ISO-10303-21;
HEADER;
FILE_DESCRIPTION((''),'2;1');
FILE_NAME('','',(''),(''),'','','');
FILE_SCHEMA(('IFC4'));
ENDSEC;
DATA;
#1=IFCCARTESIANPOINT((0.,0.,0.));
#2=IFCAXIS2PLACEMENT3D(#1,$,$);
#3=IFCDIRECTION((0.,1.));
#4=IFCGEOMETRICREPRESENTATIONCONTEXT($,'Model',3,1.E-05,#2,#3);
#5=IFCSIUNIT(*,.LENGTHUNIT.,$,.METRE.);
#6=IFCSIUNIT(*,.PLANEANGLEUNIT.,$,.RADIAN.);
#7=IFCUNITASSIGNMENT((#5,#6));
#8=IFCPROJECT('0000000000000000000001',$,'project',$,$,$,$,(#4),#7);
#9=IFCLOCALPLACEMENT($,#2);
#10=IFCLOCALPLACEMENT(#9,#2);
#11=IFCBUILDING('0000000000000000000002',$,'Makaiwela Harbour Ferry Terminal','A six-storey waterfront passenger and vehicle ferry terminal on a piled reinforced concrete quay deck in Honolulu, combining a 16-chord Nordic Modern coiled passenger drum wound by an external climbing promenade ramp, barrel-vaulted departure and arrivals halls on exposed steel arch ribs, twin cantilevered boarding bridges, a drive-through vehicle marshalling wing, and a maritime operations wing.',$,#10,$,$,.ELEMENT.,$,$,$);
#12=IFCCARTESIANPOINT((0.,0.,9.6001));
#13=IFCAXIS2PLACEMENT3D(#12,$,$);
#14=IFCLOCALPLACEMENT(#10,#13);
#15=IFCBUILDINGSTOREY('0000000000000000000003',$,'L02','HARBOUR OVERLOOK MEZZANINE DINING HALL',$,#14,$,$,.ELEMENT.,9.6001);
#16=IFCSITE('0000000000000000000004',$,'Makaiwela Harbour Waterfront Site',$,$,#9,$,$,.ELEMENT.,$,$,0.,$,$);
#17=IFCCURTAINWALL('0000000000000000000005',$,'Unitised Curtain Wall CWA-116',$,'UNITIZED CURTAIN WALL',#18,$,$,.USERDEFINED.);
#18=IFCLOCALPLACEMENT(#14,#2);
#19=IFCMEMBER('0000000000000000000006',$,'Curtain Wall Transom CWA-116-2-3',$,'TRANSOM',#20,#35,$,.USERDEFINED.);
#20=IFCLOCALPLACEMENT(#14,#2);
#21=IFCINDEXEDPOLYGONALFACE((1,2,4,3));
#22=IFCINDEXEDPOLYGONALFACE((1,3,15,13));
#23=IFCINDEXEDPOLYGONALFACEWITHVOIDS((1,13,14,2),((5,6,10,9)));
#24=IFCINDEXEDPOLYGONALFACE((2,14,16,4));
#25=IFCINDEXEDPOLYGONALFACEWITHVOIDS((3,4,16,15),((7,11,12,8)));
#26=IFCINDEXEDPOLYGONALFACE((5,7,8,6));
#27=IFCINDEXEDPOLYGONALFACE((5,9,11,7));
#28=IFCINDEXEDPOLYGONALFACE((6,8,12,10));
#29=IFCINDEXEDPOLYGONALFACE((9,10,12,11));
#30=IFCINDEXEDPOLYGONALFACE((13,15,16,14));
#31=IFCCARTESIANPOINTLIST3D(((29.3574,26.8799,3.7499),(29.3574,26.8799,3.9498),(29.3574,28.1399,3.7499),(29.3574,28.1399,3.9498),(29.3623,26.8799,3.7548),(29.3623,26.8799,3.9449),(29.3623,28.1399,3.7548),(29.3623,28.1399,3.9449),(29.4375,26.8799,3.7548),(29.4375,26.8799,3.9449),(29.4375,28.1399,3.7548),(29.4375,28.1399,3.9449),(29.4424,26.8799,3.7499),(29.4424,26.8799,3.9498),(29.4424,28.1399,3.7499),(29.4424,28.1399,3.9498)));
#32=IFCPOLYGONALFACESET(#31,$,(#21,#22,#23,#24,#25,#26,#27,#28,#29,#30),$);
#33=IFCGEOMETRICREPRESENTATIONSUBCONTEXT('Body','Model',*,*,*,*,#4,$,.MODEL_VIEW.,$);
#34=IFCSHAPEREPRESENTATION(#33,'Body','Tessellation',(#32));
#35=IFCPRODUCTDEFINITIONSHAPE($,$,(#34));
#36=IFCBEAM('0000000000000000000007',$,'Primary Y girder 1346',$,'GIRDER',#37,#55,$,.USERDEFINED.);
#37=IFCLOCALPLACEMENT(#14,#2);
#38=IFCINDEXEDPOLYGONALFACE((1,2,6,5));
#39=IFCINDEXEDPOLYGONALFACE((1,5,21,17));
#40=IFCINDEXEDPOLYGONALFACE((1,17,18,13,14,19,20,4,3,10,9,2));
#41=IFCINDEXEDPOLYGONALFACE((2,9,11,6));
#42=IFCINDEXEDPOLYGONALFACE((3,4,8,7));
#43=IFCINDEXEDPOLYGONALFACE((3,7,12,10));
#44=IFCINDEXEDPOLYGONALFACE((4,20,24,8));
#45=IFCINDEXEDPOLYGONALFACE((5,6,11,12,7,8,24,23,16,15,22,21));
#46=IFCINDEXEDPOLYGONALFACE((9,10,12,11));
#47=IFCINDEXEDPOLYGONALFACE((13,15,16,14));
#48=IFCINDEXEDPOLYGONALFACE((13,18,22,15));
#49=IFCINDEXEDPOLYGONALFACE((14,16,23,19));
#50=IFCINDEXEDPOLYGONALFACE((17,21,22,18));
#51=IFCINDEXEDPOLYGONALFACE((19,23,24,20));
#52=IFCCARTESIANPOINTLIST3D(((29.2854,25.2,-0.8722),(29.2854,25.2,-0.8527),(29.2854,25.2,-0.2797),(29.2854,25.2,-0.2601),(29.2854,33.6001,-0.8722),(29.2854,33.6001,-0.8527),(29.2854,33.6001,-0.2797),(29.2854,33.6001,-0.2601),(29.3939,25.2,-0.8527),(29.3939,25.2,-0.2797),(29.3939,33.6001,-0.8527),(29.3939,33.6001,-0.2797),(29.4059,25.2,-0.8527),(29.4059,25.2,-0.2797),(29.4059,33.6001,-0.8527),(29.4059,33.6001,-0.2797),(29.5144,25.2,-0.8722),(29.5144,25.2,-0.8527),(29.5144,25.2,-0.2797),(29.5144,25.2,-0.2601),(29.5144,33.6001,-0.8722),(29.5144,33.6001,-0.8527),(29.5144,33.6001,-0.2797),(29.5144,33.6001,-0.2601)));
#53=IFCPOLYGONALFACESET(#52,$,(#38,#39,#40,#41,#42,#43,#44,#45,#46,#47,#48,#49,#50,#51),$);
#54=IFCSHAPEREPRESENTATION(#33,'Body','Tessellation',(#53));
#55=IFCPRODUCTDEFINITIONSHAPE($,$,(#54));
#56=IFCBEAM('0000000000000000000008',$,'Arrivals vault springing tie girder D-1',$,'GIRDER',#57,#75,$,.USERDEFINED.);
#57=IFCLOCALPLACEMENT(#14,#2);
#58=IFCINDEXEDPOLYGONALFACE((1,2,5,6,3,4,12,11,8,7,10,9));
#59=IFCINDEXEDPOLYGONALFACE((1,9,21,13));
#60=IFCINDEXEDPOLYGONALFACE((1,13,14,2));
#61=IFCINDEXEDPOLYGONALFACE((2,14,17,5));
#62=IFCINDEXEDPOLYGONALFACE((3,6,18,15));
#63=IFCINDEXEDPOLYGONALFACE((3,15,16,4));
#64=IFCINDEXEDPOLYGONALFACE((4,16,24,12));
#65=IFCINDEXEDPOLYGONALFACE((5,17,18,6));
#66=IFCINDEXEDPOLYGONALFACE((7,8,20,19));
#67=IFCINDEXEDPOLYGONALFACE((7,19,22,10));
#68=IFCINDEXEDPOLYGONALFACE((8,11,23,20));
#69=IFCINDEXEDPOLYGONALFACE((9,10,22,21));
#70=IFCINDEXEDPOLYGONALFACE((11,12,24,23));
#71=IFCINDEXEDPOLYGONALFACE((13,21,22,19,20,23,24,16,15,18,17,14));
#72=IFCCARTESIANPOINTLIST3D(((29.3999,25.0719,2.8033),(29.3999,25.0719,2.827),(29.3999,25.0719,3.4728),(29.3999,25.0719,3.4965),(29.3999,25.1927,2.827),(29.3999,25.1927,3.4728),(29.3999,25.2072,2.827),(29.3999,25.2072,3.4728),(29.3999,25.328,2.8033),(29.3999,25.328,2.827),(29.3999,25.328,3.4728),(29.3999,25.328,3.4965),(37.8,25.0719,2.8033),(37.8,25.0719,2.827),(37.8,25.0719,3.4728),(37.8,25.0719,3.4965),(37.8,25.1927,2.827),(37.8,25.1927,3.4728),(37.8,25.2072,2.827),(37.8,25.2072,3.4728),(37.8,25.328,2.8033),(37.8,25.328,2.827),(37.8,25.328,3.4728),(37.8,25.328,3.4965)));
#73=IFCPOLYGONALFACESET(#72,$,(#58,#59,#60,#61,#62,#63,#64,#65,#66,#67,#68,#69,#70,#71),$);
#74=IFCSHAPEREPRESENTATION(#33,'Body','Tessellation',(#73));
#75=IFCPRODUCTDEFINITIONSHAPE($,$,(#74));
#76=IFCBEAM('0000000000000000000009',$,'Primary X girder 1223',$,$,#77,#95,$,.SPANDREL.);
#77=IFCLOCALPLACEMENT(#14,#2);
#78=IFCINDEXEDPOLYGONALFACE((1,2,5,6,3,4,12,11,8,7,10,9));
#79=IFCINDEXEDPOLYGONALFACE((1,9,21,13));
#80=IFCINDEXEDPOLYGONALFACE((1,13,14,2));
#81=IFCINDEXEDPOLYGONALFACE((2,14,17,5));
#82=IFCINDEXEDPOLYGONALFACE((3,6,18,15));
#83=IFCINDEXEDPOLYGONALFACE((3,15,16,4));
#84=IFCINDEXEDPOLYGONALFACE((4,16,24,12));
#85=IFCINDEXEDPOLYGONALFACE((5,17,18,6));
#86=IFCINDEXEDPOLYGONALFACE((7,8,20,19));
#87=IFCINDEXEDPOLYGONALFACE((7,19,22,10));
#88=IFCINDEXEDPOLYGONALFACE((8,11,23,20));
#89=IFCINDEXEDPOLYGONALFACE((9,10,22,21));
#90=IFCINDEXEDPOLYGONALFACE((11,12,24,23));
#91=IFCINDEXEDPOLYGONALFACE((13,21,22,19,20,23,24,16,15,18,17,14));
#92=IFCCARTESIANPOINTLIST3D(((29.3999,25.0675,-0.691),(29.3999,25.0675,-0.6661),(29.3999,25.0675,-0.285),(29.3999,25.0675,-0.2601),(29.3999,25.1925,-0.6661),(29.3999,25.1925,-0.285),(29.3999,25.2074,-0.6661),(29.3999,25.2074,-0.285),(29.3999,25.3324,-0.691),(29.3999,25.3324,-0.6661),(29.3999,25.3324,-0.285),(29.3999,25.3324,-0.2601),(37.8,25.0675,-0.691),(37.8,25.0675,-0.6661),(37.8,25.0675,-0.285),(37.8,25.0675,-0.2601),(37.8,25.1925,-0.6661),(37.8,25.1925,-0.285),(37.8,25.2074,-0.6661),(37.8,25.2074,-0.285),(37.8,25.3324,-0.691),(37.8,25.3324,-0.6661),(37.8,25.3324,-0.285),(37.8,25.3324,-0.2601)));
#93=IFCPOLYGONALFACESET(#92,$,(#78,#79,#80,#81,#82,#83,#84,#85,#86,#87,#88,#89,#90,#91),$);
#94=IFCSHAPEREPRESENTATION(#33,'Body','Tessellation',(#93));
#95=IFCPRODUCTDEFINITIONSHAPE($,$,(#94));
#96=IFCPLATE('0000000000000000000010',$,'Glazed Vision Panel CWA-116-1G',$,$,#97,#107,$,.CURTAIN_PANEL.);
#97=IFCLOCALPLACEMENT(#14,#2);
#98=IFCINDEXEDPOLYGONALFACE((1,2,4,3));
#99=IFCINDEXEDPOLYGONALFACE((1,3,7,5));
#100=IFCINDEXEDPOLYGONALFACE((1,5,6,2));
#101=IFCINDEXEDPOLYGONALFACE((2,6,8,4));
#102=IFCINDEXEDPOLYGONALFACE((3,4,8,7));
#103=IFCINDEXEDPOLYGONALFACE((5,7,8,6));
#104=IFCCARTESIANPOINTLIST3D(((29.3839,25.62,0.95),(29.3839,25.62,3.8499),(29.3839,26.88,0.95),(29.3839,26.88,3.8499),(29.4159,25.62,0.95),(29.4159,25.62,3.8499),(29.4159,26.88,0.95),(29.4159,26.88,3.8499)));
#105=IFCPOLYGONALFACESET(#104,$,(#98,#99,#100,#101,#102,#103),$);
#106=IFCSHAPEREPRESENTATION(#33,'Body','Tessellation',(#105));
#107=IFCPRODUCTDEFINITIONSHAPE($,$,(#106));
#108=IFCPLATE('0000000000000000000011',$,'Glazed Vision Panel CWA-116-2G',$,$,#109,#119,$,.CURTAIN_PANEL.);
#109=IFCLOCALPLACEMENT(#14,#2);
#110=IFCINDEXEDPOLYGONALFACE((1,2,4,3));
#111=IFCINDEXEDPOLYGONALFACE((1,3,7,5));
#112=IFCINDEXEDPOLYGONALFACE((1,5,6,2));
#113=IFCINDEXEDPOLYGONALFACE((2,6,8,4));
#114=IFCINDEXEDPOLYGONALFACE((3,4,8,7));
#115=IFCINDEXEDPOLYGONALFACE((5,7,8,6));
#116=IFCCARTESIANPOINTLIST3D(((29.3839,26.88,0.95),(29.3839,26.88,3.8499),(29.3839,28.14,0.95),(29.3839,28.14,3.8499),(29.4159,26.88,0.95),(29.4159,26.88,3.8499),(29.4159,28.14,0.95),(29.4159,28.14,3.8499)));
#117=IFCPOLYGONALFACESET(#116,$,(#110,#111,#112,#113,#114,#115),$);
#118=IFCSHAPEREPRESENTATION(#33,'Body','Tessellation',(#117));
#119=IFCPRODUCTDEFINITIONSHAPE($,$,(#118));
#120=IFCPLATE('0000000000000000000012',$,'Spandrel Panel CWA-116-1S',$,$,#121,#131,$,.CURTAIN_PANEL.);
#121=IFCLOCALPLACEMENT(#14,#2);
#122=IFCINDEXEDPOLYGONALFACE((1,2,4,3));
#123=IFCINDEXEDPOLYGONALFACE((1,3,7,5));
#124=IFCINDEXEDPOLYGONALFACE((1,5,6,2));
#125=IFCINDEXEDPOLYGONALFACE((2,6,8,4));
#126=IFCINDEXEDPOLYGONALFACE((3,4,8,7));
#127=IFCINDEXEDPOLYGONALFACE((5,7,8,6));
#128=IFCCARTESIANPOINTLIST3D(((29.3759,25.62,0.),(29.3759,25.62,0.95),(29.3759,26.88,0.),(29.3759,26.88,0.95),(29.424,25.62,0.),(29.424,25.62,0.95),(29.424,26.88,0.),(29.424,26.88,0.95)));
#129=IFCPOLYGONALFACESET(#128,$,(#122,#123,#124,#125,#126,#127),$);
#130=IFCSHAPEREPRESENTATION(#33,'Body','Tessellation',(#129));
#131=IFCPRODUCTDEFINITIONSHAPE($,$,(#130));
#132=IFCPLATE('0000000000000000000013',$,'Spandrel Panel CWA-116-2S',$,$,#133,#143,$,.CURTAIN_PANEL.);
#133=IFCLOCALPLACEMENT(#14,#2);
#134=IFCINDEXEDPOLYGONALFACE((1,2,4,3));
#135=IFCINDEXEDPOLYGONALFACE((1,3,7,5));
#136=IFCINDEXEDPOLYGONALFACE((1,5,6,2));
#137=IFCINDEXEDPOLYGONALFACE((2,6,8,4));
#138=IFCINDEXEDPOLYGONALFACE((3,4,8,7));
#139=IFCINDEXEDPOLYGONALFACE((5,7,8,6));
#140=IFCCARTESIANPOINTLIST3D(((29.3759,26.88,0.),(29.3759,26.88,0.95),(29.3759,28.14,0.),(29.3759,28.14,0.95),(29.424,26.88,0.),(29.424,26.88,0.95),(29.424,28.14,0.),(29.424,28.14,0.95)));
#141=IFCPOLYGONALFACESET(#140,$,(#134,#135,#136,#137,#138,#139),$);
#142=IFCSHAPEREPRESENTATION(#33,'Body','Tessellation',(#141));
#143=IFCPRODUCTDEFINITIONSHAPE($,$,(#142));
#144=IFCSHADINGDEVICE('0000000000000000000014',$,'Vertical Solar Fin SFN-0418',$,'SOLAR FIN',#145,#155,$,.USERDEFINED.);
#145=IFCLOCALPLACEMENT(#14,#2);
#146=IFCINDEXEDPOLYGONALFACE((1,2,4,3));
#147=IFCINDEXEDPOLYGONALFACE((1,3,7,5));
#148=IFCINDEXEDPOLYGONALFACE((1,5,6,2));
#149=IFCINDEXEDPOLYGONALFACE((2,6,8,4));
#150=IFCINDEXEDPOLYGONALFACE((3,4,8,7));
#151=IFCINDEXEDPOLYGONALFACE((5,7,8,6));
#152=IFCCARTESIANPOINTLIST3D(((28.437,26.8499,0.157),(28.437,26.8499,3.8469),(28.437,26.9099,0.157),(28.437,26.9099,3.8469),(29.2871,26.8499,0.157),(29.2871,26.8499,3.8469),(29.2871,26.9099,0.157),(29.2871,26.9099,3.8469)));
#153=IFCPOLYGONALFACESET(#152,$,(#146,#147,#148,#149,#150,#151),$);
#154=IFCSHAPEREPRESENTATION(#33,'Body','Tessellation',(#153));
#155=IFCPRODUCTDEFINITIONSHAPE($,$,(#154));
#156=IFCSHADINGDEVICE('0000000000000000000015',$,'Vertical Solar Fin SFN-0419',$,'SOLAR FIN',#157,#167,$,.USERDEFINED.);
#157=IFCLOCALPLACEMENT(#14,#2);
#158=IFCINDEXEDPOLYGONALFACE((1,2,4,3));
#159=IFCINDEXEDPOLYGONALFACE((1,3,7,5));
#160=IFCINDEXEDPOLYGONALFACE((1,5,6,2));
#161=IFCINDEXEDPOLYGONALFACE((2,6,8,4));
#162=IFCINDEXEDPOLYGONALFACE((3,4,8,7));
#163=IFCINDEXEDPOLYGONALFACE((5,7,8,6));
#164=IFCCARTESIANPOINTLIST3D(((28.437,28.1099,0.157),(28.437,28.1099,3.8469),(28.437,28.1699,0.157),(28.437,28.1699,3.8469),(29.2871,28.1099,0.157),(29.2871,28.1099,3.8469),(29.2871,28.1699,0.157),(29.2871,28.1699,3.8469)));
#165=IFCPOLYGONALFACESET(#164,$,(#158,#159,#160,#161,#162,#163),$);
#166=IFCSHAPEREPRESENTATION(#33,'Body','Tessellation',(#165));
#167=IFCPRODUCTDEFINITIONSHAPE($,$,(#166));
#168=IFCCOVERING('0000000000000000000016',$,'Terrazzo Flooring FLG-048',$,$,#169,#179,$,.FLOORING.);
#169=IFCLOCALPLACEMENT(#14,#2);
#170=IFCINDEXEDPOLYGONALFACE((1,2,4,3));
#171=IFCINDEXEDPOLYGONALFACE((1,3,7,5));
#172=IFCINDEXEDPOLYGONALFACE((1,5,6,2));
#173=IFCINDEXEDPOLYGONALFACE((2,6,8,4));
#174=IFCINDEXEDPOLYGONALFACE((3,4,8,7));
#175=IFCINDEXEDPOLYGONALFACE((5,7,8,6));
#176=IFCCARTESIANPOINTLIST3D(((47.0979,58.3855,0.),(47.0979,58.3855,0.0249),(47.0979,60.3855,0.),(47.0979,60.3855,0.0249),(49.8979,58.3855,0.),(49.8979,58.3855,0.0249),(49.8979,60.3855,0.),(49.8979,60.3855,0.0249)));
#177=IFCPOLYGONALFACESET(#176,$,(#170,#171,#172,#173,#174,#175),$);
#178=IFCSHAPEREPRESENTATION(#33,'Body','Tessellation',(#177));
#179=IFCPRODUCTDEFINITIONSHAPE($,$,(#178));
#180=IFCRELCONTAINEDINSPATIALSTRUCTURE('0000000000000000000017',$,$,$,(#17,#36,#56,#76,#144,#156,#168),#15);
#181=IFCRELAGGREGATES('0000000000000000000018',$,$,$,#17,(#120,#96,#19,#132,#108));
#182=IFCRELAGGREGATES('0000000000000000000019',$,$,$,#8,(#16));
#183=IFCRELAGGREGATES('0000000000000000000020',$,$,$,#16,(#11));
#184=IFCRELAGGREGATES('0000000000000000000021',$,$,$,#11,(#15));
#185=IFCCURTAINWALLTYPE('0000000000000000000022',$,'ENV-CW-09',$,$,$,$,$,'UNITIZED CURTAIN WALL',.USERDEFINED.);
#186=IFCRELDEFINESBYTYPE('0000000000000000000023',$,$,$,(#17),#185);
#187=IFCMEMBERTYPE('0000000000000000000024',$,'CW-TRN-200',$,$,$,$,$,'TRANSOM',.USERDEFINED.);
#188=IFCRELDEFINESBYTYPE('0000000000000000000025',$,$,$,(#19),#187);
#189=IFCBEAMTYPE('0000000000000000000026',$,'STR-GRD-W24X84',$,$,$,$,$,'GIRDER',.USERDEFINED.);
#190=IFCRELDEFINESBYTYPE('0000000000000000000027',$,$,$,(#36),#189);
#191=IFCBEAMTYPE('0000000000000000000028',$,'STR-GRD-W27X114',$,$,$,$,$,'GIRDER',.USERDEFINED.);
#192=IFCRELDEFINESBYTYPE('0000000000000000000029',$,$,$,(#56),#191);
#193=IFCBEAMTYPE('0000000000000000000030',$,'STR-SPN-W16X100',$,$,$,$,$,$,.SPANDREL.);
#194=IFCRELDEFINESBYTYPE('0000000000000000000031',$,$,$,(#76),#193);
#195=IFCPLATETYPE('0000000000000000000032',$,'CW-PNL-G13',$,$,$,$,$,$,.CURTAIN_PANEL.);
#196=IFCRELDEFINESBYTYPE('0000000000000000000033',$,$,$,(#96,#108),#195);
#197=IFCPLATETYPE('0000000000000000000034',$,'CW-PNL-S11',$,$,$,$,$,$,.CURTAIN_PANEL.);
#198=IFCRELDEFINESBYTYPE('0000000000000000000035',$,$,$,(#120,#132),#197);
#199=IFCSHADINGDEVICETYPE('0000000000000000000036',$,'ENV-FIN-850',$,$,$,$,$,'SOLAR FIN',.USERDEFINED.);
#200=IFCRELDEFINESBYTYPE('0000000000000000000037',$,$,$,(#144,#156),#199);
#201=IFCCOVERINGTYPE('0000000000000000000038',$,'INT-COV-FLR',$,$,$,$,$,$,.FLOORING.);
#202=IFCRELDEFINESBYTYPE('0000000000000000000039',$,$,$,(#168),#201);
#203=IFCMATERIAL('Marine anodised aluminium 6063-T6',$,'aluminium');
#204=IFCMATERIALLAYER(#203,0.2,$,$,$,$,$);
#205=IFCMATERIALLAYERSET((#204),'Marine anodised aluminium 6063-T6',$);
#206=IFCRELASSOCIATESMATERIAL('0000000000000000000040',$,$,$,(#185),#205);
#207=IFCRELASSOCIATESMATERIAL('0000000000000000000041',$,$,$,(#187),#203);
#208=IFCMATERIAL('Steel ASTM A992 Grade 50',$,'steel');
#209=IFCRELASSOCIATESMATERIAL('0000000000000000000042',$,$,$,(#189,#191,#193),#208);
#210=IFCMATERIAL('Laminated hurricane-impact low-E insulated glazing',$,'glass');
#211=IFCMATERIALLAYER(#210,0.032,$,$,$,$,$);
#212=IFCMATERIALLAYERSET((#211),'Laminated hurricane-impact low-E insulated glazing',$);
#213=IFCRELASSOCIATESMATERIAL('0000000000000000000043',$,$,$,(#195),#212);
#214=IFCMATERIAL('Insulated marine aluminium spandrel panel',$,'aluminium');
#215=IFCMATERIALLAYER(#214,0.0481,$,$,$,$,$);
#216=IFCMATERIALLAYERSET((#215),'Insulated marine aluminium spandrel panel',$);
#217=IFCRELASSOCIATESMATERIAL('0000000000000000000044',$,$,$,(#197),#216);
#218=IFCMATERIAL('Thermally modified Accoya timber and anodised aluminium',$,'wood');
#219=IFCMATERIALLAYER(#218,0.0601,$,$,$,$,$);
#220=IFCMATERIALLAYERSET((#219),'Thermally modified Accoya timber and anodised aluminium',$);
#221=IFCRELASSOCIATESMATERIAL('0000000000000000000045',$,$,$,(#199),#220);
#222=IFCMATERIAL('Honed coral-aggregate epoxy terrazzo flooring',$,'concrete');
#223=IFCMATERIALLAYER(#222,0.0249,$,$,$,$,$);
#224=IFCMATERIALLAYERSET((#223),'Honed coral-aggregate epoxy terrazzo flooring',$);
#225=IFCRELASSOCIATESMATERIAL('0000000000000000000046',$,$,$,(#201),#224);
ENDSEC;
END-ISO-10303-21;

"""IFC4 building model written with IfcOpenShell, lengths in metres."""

from ifc_helpers import new_model, si_unit, direction, frame, origin, origin_2d, place, context, subcontext, project, spatial, polyline, rectangle, hollow_rectangle, i_section, outline, extrude, material, layer, layer_set, material_profile, profile_set, type_object, element, aggregate, save


model = new_model("IFC4")

# Units and contexts
model_context = context("Model", 3, precision=1e-05, world=origin(), true_north=direction((0.0, 1.0)))
body_context = subcontext(model_context, "Body", "Model", "MODEL_VIEW")
ifc_project = project(units=[si_unit("LENGTHUNIT", "METRE"), si_unit("PLANEANGLEUNIT", "RADIAN")], contexts=[model_context])

# Site, building, storey
site_placement = place(None, origin())
site = spatial("IfcSite", under=ifc_project, at=site_placement, Name="Makaiwela Harbour Waterfront Site", CompositionType="ELEMENT", RefElevation=0.0)
building_placement = place(site_placement, origin())
building = spatial("IfcBuilding", under=site, at=building_placement, Name="Makaiwela Harbour Ferry Terminal", Description="A six-storey waterfront passenger and vehicle ferry terminal on a piled reinforced concrete quay deck in Honolulu, combining a 16-chord Nordic Modern coiled passenger drum wound by an external climbing promenade ramp, barrel-vaulted departure and arrivals halls on exposed steel arch ribs, twin cantilevered boarding bridges, a drive-through vehicle marshalling wing, and a maritime operations wing.", CompositionType="ELEMENT")
storey_placement = place(building_placement, frame((0.0, 0.0, 9.6001)))
storey = spatial("IfcBuildingStorey", under=building, at=storey_placement, Name="L02", Description="HARBOUR OVERLOOK MEZZANINE DINING HALL", CompositionType="ELEMENT", Elevation=9.6001)

# Shared definitions
ifc_material_1 = material(Name="Steel ASTM A992 Grade 50", Category="steel")

# Shared definitions
ifc_material_2 = material(Name="Marine anodised aluminium 6063-T6", Category="aluminium")

# Curtain wall, member
ifc_layer_1 = layer(ifc_material_2, 0.2)
ifc_layer_set_1 = layer_set([ifc_layer_1], Name="Marine anodised aluminium 6063-T6")
curtain_wall_type_1 = type_object("IfcCurtainWallType", Name="ENV-CW-09", ElementType="UNITIZED CURTAIN WALL", PredefinedType="USERDEFINED", material=ifc_layer_set_1)
curtain_wall_1_placement = place(storey_placement, origin())
curtain_wall_1 = element("IfcCurtainWall", 1, at=curtain_wall_1_placement, inside=storey, type_object=curtain_wall_type_1, Name="Unitised Curtain Wall CWA-116", ObjectType="UNITIZED CURTAIN WALL", PredefinedType="USERDEFINED")
ifc_material_profile_1 = material_profile(ifc_material_2, hollow_rectangle(XDim=0.085, YDim=0.2, WallThickness=0.0049, at=origin_2d()), Name="CWT-200X85")
ifc_profile_set_1 = profile_set([ifc_material_profile_1], Name="Marine anodised aluminium 6063-T6")
member_type_1 = type_object("IfcMemberType", Name="CW-TRN-200", ElementType="TRANSOM", PredefinedType="USERDEFINED", material=ifc_profile_set_1)
member_1_placement = place(storey_placement, frame((29.3999, 26.8799, 3.8499), z_axis=(0.0, 1.0, 0.0), x_axis=(-1.0, 0.0, 0.0)))
member_1 = element("IfcMember", 2, at=member_1_placement, type_object=member_type_1, Name="Curtain Wall Transom CWA-116-2-3", ObjectType="TRANSOM", PredefinedType="USERDEFINED", context=body_context, shape_type="SweptSolid", body=[
    extrude(hollow_rectangle(XDim=0.085, YDim=0.2, WallThickness=0.0049, at=origin_2d()), origin(), (0.0, 0.0, 1.0), 1.26),
])

# Beams
ifc_material_profile_2 = material_profile(ifc_material_1, i_section(OverallWidth=0.229, OverallDepth=0.6121, WebThickness=0.012, FlangeThickness=0.0195, at=origin_2d()), Name="W24X84")
ifc_profile_set_2 = profile_set([ifc_material_profile_2], Name="Steel ASTM A992 Grade 50")
beam_type_1 = type_object("IfcBeamType", Name="STR-GRD-W24X84", ElementType="GIRDER", PredefinedType="USERDEFINED", material=ifc_profile_set_2)
beam_1_placement = place(storey_placement, frame((29.3999, 25.2, -0.5662), z_axis=(0.0, 1.0, 0.0), x_axis=(-1.0, 0.0, 0.0)))
element("IfcBeam", 3, at=beam_1_placement, inside=storey, type_object=beam_type_1, Name="Primary Y girder 1346", ObjectType="GIRDER", PredefinedType="USERDEFINED", context=body_context, shape_type="SweptSolid", body=[
    extrude(i_section(OverallWidth=0.229, OverallDepth=0.6121, WebThickness=0.012, FlangeThickness=0.0195, at=origin_2d()), origin(), (0.0, 0.0, 1.0), 8.4001),
])
ifc_material_profile_3 = material_profile(ifc_material_1, i_section(OverallWidth=0.2561, OverallDepth=0.6931, WebThickness=0.0144, FlangeThickness=0.0237, at=origin_2d()), Name="W27X114")
ifc_profile_set_3 = profile_set([ifc_material_profile_3], Name="Steel ASTM A992 Grade 50")
beam_type_2 = type_object("IfcBeamType", Name="STR-GRD-W27X114", ElementType="GIRDER", PredefinedType="USERDEFINED", material=ifc_profile_set_3)
beam_2_placement = place(storey_placement, frame((29.3999, 25.2, 3.1499), z_axis=(1.0, 0.0, 0.0), x_axis=(0.0, 1.0, 0.0)))
element("IfcBeam", 4, at=beam_2_placement, inside=storey, type_object=beam_type_2, Name="Arrivals vault springing tie girder D-1", ObjectType="GIRDER", PredefinedType="USERDEFINED", context=body_context, shape_type="SweptSolid", body=[
    extrude(i_section(OverallWidth=0.2561, OverallDepth=0.6931, WebThickness=0.0144, FlangeThickness=0.0237, at=origin_2d()), origin(), (0.0, 0.0, 1.0), 8.4001),
])
ifc_material_profile_4 = material_profile(ifc_material_1, i_section(OverallWidth=0.2649, OverallDepth=0.4309, WebThickness=0.0149, FlangeThickness=0.0249, at=origin_2d()), Name="W16X100")
ifc_profile_set_4 = profile_set([ifc_material_profile_4], Name="Steel ASTM A992 Grade 50")
beam_type_3 = type_object("IfcBeamType", Name="STR-SPN-W16X100", PredefinedType="SPANDREL", material=ifc_profile_set_4)
beam_3_placement = place(storey_placement, frame((29.3999, 25.2, -0.4756), z_axis=(1.0, 0.0, 0.0), x_axis=(0.0, 1.0, 0.0)))
element("IfcBeam", 5, at=beam_3_placement, inside=storey, type_object=beam_type_3, Name="Primary X girder 1223", PredefinedType="SPANDREL", context=body_context, shape_type="SweptSolid", body=[
    extrude(i_section(OverallWidth=0.2649, OverallDepth=0.4309, WebThickness=0.0149, FlangeThickness=0.0249, at=origin_2d()), origin(), (0.0, 0.0, 1.0), 8.4001),
])

# Plates
ifc_material_3 = material(Name="Laminated hurricane-impact low-E insulated glazing", Category="glass")
ifc_layer_2 = layer(ifc_material_3, 0.032)
ifc_layer_set_2 = layer_set([ifc_layer_2], Name="Laminated hurricane-impact low-E insulated glazing")
plate_type_1 = type_object("IfcPlateType", Name="CW-PNL-G13", PredefinedType="CURTAIN_PANEL", material=ifc_layer_set_2)
plate_1_placement = place(storey_placement, frame((29.3999, 26.25, 0.95), z_axis=(0.0, 0.0, 1.0), x_axis=(0.0, 1.0, 0.0)))
plate_1 = element("IfcPlate", 6, at=plate_1_placement, type_object=plate_type_1, Name="Glazed Vision Panel CWA-116-1G", PredefinedType="CURTAIN_PANEL", context=body_context, shape_type="SweptSolid", body=[
    extrude(rectangle(XDim=1.26, YDim=0.032, at=origin_2d()), origin(), (0.0, 0.0, 1.0), 2.8999),
])
plate_2_placement = place(storey_placement, frame((29.3999, 27.51, 0.95), z_axis=(0.0, 0.0, 1.0), x_axis=(0.0, 1.0, 0.0)))
plate_2 = element("IfcPlate", 7, at=plate_2_placement, type_object=plate_type_1, Name="Glazed Vision Panel CWA-116-2G", PredefinedType="CURTAIN_PANEL", context=body_context, shape_type="SweptSolid", body=[
    extrude(rectangle(XDim=1.26, YDim=0.032, at=origin_2d()), origin(), (0.0, 0.0, 1.0), 2.8999),
])
ifc_material_4 = material(Name="Insulated marine aluminium spandrel panel", Category="aluminium")
ifc_layer_3 = layer(ifc_material_4, 0.0481)
ifc_layer_set_3 = layer_set([ifc_layer_3], Name="Insulated marine aluminium spandrel panel")
plate_type_2 = type_object("IfcPlateType", Name="CW-PNL-S11", PredefinedType="CURTAIN_PANEL", material=ifc_layer_set_3)
plate_3_placement = place(storey_placement, frame((29.3999, 26.25, 0.0), z_axis=(0.0, 0.0, 1.0), x_axis=(0.0, 1.0, 0.0)))
plate_3 = element("IfcPlate", 8, at=plate_3_placement, type_object=plate_type_2, Name="Spandrel Panel CWA-116-1S", PredefinedType="CURTAIN_PANEL", context=body_context, shape_type="SweptSolid", body=[
    extrude(rectangle(XDim=1.26, YDim=0.0481, at=origin_2d()), origin(), (0.0, 0.0, 1.0), 0.95),
])
plate_4_placement = place(storey_placement, frame((29.3999, 27.51, 0.0), z_axis=(0.0, 0.0, 1.0), x_axis=(0.0, 1.0, 0.0)))
plate_4 = element("IfcPlate", 9, at=plate_4_placement, type_object=plate_type_2, Name="Spandrel Panel CWA-116-2S", PredefinedType="CURTAIN_PANEL", context=body_context, shape_type="SweptSolid", body=[
    extrude(rectangle(XDim=1.26, YDim=0.0481, at=origin_2d()), origin(), (0.0, 0.0, 1.0), 0.95),
])
aggregate(curtain_wall_1, [plate_3, plate_1, member_1, plate_4, plate_2])

# Shading devices
ifc_material_5 = material(Name="Thermally modified Accoya timber and anodised aluminium", Category="wood")
ifc_layer_4 = layer(ifc_material_5, 0.0601)
ifc_layer_set_4 = layer_set([ifc_layer_4], Name="Thermally modified Accoya timber and anodised aluminium")
shading_device_type = type_object("IfcShadingDeviceType", Name="ENV-FIN-850", ElementType="SOLAR FIN", PredefinedType="USERDEFINED", material=ifc_layer_set_4)
for number, where, z_axis, x_axis, name in (
    (10, (28.8621, 26.8799, 0.157), (0.0, 0.0, 1.0), (-1.0, 0.0, 0.0), "Vertical Solar Fin SFN-0418"),
    (11, (28.8621, 28.1399, 0.157), (0.0, 0.0, 1.0), (-1.0, 0.0, 0.0), "Vertical Solar Fin SFN-0419"),
):
    element("IfcShadingDevice", number, at=place(storey_placement, frame(where, z_axis=z_axis, x_axis=x_axis)), inside=storey, type_object=shading_device_type, Name=name, ObjectType="SOLAR FIN", PredefinedType="USERDEFINED", context=body_context, shape_type="SweptSolid", body=[
        extrude(rectangle(XDim=0.8501, YDim=0.0601, at=origin_2d()), origin(), (0.0, 0.0, 1.0), 3.6899),
    ])

# Covering
ifc_material_6 = material(Name="Honed coral-aggregate epoxy terrazzo flooring", Category="concrete")
ifc_layer_5 = layer(ifc_material_6, 0.0249)
ifc_layer_set_5 = layer_set([ifc_layer_5], Name="Honed coral-aggregate epoxy terrazzo flooring")
covering_type = type_object("IfcCoveringType", Name="INT-COV-FLR", PredefinedType="FLOORING", material=ifc_layer_set_5)
covering_placement = place(storey_placement, origin())
element("IfcCovering", 12, at=covering_placement, inside=storey, type_object=covering_type, Name="Terrazzo Flooring FLG-048", PredefinedType="FLOORING", context=body_context, shape_type="SweptSolid", body=[
    extrude(outline(polyline([(47.0979, 58.3855), (49.8979, 58.3855), (49.8979, 60.3855), (47.0979, 60.3855), (47.0979, 58.3855)])), origin(), (0.0, 0.0, 1.0), 0.0249),
])

save(model, "model.ifc")
